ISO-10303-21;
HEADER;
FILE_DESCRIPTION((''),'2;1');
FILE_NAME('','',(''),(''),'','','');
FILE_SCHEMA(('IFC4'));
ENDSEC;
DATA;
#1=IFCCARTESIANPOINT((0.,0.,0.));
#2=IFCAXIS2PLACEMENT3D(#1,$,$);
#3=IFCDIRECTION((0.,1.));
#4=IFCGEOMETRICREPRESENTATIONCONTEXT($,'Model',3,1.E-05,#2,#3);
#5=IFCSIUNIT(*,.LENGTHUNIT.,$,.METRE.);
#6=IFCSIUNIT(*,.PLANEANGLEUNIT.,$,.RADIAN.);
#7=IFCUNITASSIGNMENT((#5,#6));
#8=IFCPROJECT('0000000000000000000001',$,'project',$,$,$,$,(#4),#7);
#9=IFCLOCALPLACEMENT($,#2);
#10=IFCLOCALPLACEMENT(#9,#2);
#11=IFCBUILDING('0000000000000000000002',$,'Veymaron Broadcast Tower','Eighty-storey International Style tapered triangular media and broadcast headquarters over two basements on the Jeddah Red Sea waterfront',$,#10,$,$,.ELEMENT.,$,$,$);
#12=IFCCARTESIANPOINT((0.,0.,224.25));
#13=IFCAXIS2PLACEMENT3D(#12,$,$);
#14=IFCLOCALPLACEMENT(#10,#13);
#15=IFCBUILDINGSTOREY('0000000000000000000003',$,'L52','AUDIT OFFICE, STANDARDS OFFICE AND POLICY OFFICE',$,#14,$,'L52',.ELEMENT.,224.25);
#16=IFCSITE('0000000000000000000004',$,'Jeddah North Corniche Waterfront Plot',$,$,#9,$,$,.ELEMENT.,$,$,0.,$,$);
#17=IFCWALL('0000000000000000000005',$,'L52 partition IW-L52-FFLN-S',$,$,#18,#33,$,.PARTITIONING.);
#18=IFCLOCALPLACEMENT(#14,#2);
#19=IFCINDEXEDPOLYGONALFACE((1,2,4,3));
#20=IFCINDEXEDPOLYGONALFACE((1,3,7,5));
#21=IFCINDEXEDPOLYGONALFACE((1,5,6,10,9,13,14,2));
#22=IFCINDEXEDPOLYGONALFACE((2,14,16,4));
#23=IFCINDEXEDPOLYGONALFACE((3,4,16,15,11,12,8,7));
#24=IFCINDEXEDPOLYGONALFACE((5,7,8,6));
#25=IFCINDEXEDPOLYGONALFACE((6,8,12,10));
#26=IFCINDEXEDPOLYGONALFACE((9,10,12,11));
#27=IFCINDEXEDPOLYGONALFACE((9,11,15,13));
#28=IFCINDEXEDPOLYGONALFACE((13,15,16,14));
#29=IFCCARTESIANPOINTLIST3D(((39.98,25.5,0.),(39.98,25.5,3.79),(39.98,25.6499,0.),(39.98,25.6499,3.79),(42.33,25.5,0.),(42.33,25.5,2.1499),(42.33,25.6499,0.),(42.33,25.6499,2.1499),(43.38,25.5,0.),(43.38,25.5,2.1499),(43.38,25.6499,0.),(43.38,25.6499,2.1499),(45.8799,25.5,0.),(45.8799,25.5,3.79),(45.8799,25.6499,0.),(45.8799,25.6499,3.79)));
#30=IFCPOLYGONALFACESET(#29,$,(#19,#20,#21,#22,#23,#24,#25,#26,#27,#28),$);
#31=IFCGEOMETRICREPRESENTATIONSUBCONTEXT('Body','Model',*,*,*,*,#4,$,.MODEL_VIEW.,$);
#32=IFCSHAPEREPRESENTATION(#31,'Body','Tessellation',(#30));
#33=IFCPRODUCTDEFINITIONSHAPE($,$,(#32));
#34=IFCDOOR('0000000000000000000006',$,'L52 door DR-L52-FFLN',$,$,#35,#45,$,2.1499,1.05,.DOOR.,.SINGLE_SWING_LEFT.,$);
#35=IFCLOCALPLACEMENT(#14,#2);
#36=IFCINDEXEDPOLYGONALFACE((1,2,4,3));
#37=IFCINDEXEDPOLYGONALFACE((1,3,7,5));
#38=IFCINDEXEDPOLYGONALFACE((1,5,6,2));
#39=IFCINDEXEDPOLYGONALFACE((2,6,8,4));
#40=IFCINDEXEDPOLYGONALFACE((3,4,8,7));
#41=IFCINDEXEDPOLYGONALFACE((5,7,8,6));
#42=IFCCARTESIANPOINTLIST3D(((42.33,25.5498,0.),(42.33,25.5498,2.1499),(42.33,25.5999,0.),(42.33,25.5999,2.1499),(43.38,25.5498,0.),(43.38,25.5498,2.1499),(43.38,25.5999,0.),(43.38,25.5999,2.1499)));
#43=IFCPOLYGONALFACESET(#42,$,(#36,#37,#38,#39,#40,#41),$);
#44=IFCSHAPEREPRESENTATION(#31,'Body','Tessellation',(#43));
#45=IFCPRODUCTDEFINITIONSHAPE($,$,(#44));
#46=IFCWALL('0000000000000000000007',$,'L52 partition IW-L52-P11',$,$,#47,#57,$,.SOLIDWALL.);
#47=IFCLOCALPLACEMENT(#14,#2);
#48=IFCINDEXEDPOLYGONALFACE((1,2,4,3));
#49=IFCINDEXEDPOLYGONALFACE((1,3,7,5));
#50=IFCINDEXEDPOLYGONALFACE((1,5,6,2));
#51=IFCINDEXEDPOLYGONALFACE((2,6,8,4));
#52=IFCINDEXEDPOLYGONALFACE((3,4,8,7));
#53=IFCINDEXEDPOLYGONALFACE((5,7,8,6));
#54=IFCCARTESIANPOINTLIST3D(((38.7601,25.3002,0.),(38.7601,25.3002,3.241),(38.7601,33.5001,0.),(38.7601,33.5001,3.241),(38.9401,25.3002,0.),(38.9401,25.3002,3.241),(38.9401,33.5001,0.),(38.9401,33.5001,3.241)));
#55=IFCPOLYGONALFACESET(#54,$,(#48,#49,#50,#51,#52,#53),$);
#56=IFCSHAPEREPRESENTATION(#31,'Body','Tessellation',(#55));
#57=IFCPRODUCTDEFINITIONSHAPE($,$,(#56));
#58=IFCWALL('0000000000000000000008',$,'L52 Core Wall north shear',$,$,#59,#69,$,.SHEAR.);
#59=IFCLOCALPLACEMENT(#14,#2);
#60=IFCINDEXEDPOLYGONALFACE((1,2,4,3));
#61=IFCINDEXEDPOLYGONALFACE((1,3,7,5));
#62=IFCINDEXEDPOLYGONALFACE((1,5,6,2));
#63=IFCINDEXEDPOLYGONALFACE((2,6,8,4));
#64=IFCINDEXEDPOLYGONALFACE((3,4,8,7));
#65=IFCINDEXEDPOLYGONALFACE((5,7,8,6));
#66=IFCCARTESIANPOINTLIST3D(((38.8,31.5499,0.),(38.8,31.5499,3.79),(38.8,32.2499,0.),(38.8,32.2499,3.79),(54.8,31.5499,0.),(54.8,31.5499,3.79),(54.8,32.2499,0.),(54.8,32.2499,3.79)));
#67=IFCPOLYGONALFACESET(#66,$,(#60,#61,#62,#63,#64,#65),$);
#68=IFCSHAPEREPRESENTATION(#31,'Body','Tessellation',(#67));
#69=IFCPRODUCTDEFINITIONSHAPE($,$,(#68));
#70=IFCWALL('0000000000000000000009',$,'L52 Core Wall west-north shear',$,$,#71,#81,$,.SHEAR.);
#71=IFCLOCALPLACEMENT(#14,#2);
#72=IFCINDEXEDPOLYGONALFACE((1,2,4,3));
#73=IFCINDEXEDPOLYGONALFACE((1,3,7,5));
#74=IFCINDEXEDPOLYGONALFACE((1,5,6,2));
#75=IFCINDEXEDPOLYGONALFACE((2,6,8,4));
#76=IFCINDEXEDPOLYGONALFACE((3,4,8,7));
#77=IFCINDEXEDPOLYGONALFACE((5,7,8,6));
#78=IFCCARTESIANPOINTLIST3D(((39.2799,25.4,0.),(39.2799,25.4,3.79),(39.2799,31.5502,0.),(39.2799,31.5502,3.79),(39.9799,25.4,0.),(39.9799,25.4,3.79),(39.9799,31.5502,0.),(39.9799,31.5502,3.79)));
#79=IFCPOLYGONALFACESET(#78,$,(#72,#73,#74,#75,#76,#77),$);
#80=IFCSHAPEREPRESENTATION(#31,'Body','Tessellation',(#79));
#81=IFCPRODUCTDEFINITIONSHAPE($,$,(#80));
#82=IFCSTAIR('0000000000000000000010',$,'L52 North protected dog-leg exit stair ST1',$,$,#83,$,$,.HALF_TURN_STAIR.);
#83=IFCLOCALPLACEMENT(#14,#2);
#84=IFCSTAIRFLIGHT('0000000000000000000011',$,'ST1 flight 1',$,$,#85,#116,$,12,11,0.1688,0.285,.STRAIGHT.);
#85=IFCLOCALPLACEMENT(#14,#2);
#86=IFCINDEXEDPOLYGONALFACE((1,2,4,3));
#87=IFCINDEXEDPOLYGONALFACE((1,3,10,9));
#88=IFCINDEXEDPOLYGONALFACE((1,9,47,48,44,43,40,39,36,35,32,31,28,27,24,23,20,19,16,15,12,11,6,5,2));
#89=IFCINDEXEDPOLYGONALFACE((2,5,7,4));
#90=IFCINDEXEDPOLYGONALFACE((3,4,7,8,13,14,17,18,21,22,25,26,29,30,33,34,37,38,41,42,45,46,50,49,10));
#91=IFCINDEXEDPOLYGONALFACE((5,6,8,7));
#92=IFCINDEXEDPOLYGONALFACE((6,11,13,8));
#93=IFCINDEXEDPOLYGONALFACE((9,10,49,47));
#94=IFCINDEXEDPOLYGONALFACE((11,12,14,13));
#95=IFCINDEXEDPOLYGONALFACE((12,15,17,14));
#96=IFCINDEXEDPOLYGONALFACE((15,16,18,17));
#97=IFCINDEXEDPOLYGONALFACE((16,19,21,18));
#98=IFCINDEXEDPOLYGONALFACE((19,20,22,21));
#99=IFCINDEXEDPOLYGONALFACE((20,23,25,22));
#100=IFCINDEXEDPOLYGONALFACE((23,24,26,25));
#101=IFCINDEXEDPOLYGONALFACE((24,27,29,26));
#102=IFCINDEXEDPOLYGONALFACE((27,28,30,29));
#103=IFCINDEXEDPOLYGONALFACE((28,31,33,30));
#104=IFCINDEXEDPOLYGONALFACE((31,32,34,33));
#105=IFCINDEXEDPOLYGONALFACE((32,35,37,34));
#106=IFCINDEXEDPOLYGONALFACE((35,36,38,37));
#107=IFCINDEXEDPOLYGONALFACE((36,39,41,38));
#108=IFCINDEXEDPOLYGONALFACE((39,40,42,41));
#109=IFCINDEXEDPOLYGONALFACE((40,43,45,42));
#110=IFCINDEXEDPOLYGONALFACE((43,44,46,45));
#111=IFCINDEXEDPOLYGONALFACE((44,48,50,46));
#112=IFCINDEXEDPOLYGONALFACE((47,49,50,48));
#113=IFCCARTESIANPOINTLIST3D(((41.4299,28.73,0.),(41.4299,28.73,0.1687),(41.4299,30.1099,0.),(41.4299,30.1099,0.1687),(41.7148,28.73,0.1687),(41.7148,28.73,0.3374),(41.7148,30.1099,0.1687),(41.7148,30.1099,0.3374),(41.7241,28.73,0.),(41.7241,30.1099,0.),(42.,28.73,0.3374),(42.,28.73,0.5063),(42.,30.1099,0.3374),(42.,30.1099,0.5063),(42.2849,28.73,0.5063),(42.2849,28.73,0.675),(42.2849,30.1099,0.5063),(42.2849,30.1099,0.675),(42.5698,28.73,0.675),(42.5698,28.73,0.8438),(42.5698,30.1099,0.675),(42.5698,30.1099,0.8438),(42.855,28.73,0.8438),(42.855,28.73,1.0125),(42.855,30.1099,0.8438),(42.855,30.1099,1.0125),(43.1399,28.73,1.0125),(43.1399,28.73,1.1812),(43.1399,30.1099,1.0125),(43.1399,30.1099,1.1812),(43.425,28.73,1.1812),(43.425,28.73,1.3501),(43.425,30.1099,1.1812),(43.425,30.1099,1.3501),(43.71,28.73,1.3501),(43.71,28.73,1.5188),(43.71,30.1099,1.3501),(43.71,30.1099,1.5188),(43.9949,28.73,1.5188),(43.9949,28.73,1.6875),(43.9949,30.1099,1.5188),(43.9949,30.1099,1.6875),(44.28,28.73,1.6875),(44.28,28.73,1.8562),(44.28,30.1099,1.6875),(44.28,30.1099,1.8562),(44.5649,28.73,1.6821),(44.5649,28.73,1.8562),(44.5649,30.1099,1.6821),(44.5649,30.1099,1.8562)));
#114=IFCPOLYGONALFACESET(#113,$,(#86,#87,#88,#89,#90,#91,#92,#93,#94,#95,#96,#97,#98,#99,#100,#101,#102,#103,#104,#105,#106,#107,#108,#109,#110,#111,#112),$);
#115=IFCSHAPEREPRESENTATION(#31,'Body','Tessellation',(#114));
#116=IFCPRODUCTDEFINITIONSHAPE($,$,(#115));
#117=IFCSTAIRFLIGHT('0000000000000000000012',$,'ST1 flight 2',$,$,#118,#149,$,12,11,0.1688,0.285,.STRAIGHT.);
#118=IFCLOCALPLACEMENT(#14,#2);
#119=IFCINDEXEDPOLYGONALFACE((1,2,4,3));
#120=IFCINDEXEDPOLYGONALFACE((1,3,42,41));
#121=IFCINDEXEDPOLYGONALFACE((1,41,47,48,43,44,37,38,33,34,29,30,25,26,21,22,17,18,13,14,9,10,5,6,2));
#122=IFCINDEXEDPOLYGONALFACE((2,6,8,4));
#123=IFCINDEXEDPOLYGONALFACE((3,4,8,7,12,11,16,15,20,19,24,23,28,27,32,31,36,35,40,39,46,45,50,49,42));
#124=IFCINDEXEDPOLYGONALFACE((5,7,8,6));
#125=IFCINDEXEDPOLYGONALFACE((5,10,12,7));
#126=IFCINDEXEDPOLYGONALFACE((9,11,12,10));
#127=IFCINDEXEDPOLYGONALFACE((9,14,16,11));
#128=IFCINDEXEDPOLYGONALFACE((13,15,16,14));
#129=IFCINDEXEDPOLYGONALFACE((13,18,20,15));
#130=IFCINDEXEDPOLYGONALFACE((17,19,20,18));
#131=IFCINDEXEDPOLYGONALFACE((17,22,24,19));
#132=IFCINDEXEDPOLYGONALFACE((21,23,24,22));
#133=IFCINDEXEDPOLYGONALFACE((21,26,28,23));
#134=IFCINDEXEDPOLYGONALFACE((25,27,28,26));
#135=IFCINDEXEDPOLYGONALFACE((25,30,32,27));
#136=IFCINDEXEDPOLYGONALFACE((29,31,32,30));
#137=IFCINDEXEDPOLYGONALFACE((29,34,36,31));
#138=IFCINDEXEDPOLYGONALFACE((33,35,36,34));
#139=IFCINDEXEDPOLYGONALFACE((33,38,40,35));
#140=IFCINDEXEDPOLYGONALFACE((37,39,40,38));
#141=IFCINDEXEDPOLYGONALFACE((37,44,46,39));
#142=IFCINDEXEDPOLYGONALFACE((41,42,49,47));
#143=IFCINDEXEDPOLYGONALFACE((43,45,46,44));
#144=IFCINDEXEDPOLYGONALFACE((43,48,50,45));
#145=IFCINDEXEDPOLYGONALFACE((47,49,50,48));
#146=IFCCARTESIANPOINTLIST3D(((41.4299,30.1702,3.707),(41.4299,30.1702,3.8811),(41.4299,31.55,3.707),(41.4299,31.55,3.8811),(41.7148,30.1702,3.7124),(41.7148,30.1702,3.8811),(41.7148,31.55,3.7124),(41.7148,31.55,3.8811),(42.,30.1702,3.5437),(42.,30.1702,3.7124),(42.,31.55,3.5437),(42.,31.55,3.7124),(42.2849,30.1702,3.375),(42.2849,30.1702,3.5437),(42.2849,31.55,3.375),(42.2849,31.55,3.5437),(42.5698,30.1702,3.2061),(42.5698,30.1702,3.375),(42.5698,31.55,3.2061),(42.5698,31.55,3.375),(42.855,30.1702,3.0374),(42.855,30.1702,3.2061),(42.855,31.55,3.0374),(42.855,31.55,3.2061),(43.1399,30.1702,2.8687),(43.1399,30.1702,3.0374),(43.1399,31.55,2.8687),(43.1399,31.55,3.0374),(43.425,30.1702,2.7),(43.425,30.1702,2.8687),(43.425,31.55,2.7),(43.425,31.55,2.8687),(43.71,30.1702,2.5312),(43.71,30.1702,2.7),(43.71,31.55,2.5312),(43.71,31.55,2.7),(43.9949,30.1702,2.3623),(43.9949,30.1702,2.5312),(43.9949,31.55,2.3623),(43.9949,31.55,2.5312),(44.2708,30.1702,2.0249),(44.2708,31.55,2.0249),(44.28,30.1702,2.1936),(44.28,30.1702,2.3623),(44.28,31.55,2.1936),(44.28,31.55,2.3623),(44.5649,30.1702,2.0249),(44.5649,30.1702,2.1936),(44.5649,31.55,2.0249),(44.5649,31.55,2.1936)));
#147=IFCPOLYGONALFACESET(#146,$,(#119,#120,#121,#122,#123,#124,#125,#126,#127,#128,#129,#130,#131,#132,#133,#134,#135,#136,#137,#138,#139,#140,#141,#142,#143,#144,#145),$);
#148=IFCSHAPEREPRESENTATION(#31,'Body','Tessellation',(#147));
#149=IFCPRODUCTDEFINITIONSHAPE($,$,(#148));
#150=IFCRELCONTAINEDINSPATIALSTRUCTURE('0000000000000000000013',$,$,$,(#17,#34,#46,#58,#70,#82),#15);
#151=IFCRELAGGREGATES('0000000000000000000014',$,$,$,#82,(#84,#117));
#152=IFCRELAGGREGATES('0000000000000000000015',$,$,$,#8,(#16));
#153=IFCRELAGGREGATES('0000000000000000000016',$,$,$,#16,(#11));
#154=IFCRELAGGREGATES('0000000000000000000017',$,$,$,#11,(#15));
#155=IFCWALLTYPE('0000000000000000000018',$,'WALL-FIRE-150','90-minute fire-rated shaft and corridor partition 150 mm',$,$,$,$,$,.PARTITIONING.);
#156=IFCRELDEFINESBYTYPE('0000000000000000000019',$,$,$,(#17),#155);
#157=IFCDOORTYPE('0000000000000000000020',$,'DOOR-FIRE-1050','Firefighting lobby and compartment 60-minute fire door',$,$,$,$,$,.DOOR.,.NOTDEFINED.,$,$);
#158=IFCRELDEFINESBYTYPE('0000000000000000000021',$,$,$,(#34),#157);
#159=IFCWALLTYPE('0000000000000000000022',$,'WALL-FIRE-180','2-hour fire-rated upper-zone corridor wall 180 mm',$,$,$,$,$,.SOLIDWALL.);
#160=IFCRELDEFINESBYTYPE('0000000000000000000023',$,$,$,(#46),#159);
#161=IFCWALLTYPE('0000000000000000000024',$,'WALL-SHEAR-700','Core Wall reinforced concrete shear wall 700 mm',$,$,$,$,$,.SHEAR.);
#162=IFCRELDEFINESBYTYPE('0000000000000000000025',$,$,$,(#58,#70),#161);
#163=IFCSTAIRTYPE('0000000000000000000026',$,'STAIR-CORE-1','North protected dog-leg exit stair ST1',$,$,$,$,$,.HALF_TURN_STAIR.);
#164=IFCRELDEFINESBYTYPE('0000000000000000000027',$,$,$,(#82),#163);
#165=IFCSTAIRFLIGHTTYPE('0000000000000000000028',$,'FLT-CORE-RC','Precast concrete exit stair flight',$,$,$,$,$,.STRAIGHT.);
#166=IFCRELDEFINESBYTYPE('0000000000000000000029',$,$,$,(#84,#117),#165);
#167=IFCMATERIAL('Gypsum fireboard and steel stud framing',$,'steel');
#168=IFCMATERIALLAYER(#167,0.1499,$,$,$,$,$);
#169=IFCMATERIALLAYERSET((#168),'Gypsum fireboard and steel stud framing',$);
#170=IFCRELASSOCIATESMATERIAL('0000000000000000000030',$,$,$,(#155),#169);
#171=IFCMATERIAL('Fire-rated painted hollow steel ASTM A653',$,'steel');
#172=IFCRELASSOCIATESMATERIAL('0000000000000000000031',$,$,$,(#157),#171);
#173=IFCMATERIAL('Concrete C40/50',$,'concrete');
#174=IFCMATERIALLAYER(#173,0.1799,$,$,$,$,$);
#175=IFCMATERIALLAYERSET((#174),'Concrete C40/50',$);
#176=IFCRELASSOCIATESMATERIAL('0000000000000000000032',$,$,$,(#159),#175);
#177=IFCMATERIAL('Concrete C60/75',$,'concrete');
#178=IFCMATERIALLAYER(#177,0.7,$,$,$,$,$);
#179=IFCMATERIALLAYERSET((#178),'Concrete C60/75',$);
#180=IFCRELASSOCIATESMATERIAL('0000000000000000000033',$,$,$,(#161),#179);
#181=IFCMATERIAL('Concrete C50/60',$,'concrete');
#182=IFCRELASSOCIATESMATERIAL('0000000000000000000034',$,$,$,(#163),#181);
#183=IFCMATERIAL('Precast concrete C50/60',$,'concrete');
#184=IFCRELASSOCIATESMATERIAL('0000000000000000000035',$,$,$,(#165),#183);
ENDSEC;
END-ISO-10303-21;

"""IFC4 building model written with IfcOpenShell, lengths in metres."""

from ifc_helpers import new_model, si_unit, direction, frame, frame_2d, origin, place, context, subcontext, project, spatial, polyline, rectangle, outline, extrude, material, layer, layer_set, type_object, element, fill, aggregate, save


model = new_model("IFC4")

# Units and contexts
model_context = context("Model", 3, precision=1e-05, world=origin(), true_north=direction((0.0, 1.0)))
body_context = subcontext(model_context, "Body", "Model", "MODEL_VIEW")
ifc_project = project(units=[si_unit("LENGTHUNIT", "METRE"), si_unit("PLANEANGLEUNIT", "RADIAN")], contexts=[model_context])

# Site, building, storey
site_placement = place(None, origin())
site = spatial("IfcSite", under=ifc_project, at=site_placement, Name="Jeddah North Corniche Waterfront Plot", CompositionType="ELEMENT", RefElevation=0.0)
building_placement = place(site_placement, origin())
building = spatial("IfcBuilding", under=site, at=building_placement, Name="Veymaron Broadcast Tower", Description="Eighty-storey International Style tapered triangular media and broadcast headquarters over two basements on the Jeddah Red Sea waterfront", CompositionType="ELEMENT")
storey_placement = place(building_placement, frame((0.0, 0.0, 224.25)))
storey = spatial("IfcBuildingStorey", under=building, at=storey_placement, Name="L52", Description="AUDIT OFFICE, STANDARDS OFFICE AND POLICY OFFICE", LongName="L52", CompositionType="ELEMENT", Elevation=224.25)

# Wall, opening, door
ifc_material_1 = material(Name="Gypsum fireboard and steel stud framing", Category="steel")
ifc_layer_1 = layer(ifc_material_1, 0.1499)
ifc_layer_set_1 = layer_set([ifc_layer_1], Name="Gypsum fireboard and steel stud framing")
wall_type_1 = type_object("IfcWallType", Name="WALL-FIRE-150", Description="90-minute fire-rated shaft and corridor partition 150 mm", PredefinedType="PARTITIONING", material=ifc_layer_set_1)
wall_1_placement = place(storey_placement, frame((39.98, 25.575, 0.0), z_axis=(0.0, 0.0, 1.0), x_axis=(1.0, 0.0, 0.0)))
wall_1 = element("IfcWall", 1, at=wall_1_placement, inside=storey, type_object=wall_type_1, Name="L52 partition IW-L52-FFLN-S", PredefinedType="PARTITIONING", context=body_context, shape_type="SweptSolid", body=[
    extrude(rectangle(XDim=5.8999, YDim=0.1499, at=frame_2d((2.95, 0.0))), origin(), (0.0, 0.0, 1.0), 3.79),
])
opening_1_placement = place(wall_1_placement, frame((2.3501, 0.0, 0.0)))
opening_1 = element("IfcOpeningElement", 2, at=opening_1_placement, cuts=wall_1, PredefinedType="OPENING", context=body_context, shape_type="SweptSolid", body=[
    extrude(rectangle(XDim=1.05, YDim=2.1499, at=frame_2d((0.5249, 1.075))), frame((0.0, 0.085, 0.0), z_axis=(0.0, -1.0, 0.0), x_axis=(1.0, 0.0, 0.0)), (0.0, 0.0, 1.0), 0.1699),
])
ifc_material_2 = material(Name="Fire-rated painted hollow steel ASTM A653", Category="steel")
door_type_1 = type_object("IfcDoorType", Name="DOOR-FIRE-1050", Description="Firefighting lobby and compartment 60-minute fire door", OperationType="NOTDEFINED", PredefinedType="DOOR", material=ifc_material_2)
door_1_placement = place(opening_1_placement, origin())
door_1 = element("IfcDoor", 3, at=door_1_placement, inside=storey, type_object=door_type_1, Name="L52 door DR-L52-FFLN", OperationType="SINGLE_SWING_LEFT", OverallHeight=2.1499, OverallWidth=1.05, PredefinedType="DOOR", context=body_context, shape_type="SweptSolid", body=[
    extrude(rectangle(XDim=1.05, YDim=2.1499, at=frame_2d((0.5249, 1.075))), frame((0.0, 0.0249, 0.0), z_axis=(0.0, -1.0, 0.0), x_axis=(1.0, 0.0, 0.0)), (0.0, 0.0, 1.0), 0.05),
])
fill(opening_1, door_1)

# Wall
ifc_material_3 = material(Name="Concrete C40/50", Category="concrete")
ifc_layer_2 = layer(ifc_material_3, 0.1799)
ifc_layer_set_2 = layer_set([ifc_layer_2], Name="Concrete C40/50")
wall_type_2 = type_object("IfcWallType", Name="WALL-FIRE-180", Description="2-hour fire-rated upper-zone corridor wall 180 mm", PredefinedType="SOLIDWALL", material=ifc_layer_set_2)
wall_2_placement = place(storey_placement, frame((38.8501, 25.3, 0.0), z_axis=(0.0, 0.0, 1.0), x_axis=(0.0, 1.0, 0.0)))
element("IfcWall", 4, at=wall_2_placement, inside=storey, type_object=wall_type_2, Name="L52 partition IW-L52-P11", PredefinedType="SOLIDWALL", context=body_context, shape_type="SweptSolid", body=[
    extrude(rectangle(XDim=8.2, YDim=0.1799, at=frame_2d((4.1001, 0.0))), origin(), (0.0, 0.0, 1.0), 3.241),
])

# Shared definitions
ifc_material_4 = material(Name="Concrete C50/60", Category="concrete")

# Walls
ifc_material_5 = material(Name="Concrete C60/75", Category="concrete")
ifc_layer_3 = layer(ifc_material_5, 0.7)
ifc_layer_set_3 = layer_set([ifc_layer_3], Name="Concrete C60/75")
wall_type_3 = type_object("IfcWallType", Name="WALL-SHEAR-700", Description="Core Wall reinforced concrete shear wall 700 mm", PredefinedType="SHEAR", material=ifc_layer_set_3)
wall_3_placement = place(storey_placement, frame((38.8, 31.8999, 0.0), z_axis=(0.0, 0.0, 1.0), x_axis=(1.0, 0.0, 0.0)))
element("IfcWall", 5, at=wall_3_placement, inside=storey, type_object=wall_type_3, Name="L52 Core Wall north shear", PredefinedType="SHEAR", context=body_context, shape_type="SweptSolid", body=[
    extrude(rectangle(XDim=16.0, YDim=0.7, at=frame_2d((8.0, 0.0))), origin(), (0.0, 0.0, 1.0), 3.79),
])
wall_4_placement = place(storey_placement, frame((39.6299, 25.3999, 0.0), z_axis=(0.0, 0.0, 1.0), x_axis=(0.0, 1.0, 0.0)))
element("IfcWall", 6, at=wall_4_placement, inside=storey, type_object=wall_type_3, Name="L52 Core Wall west-north shear", PredefinedType="SHEAR", context=body_context, shape_type="SweptSolid", body=[
    extrude(rectangle(XDim=6.1501, YDim=0.7, at=frame_2d((3.0752, 0.0))), origin(), (0.0, 0.0, 1.0), 3.79),
])

# Stair, stair flights
stair_type = type_object("IfcStairType", Name="STAIR-CORE-1", Description="North protected dog-leg exit stair ST1", PredefinedType="HALF_TURN_STAIR", material=ifc_material_4)
stair_placement = place(storey_placement, origin())
stair = element("IfcStair", 7, at=stair_placement, inside=storey, type_object=stair_type, Name="L52 North protected dog-leg exit stair ST1", PredefinedType="HALF_TURN_STAIR")
ifc_material_6 = material(Name="Precast concrete C50/60", Category="concrete")
stair_flight_type = type_object("IfcStairFlightType", Name="FLT-CORE-RC", Description="Precast concrete exit stair flight", PredefinedType="STRAIGHT", material=ifc_material_6)
stair_flight_1_placement = place(storey_placement, frame((41.4299, 29.4199, 0.0), z_axis=(0.0, 0.0, 1.0), x_axis=(1.0, 0.0, 0.0)))
stair_flight_1 = element("IfcStairFlight", 8, at=stair_flight_1_placement, type_object=stair_flight_type, Name="ST1 flight 1", NumberOfRisers=12, NumberOfTreads=11, PredefinedType="STRAIGHT", RiserHeight=0.1688, TreadLength=0.285, context=body_context, shape_type="SweptSolid", body=[
    extrude(outline(polyline([(0.0, 0.0), (0.0, 0.1687), (0.2849, 0.1687), (0.2849, 0.3374), (0.5701, 0.3374), (0.5701, 0.5063), (0.855, 0.5063), (0.855, 0.675), (1.1399, 0.675), (1.1399, 0.8438), (1.425, 0.8438), (1.425, 1.0125), (1.71, 1.0125), (1.71, 1.1812), (1.9951, 1.1812), (1.9951, 1.3501), (2.28, 1.3501), (2.28, 1.5188), (2.5649, 1.5188), (2.5649, 1.6875), (2.8501, 1.6875), (2.8501, 1.8562), (3.135, 1.8562), (3.135, 2.0249), (3.135, 1.6821), (0.2942, 0.0), (0.0, 0.0)])), frame((0.0, 0.6899, 0.0), z_axis=(0.0, -1.0, 0.0), x_axis=(1.0, 0.0, 0.0)), (0.0, 0.0, 1.0), 1.3799),
])
stair_flight_2_placement = place(storey_placement, frame((44.5649, 30.8601, 2.0249), z_axis=(0.0, 0.0, 1.0), x_axis=(-1.0, 0.0, 0.0)))
stair_flight_2 = element("IfcStairFlight", 9, at=stair_flight_2_placement, type_object=stair_flight_type, Name="ST1 flight 2", NumberOfRisers=12, NumberOfTreads=11, PredefinedType="STRAIGHT", RiserHeight=0.1688, TreadLength=0.285, context=body_context, shape_type="SweptSolid", body=[
    extrude(outline(polyline([(0.0, 0.0), (0.0, 0.1687), (0.2849, 0.1687), (0.2849, 0.3374), (0.5701, 0.3374), (0.5701, 0.5063), (0.855, 0.5063), (0.855, 0.675), (1.1399, 0.675), (1.1399, 0.8438), (1.425, 0.8438), (1.425, 1.0125), (1.71, 1.0125), (1.71, 1.1812), (1.9951, 1.1812), (1.9951, 1.3501), (2.28, 1.3501), (2.28, 1.5188), (2.5649, 1.5188), (2.5649, 1.6875), (2.8501, 1.6875), (2.8501, 1.8562), (3.135, 1.8562), (3.135, 2.0249), (3.135, 1.6821), (0.2942, 0.0), (0.0, 0.0)])), frame((0.0, 0.6899, 0.0), z_axis=(0.0, -1.0, 0.0), x_axis=(1.0, 0.0, 0.0)), (0.0, 0.0, 1.0), 1.3799),
])
aggregate(stair, [stair_flight_1, stair_flight_2])

save(model, "model.ifc")
